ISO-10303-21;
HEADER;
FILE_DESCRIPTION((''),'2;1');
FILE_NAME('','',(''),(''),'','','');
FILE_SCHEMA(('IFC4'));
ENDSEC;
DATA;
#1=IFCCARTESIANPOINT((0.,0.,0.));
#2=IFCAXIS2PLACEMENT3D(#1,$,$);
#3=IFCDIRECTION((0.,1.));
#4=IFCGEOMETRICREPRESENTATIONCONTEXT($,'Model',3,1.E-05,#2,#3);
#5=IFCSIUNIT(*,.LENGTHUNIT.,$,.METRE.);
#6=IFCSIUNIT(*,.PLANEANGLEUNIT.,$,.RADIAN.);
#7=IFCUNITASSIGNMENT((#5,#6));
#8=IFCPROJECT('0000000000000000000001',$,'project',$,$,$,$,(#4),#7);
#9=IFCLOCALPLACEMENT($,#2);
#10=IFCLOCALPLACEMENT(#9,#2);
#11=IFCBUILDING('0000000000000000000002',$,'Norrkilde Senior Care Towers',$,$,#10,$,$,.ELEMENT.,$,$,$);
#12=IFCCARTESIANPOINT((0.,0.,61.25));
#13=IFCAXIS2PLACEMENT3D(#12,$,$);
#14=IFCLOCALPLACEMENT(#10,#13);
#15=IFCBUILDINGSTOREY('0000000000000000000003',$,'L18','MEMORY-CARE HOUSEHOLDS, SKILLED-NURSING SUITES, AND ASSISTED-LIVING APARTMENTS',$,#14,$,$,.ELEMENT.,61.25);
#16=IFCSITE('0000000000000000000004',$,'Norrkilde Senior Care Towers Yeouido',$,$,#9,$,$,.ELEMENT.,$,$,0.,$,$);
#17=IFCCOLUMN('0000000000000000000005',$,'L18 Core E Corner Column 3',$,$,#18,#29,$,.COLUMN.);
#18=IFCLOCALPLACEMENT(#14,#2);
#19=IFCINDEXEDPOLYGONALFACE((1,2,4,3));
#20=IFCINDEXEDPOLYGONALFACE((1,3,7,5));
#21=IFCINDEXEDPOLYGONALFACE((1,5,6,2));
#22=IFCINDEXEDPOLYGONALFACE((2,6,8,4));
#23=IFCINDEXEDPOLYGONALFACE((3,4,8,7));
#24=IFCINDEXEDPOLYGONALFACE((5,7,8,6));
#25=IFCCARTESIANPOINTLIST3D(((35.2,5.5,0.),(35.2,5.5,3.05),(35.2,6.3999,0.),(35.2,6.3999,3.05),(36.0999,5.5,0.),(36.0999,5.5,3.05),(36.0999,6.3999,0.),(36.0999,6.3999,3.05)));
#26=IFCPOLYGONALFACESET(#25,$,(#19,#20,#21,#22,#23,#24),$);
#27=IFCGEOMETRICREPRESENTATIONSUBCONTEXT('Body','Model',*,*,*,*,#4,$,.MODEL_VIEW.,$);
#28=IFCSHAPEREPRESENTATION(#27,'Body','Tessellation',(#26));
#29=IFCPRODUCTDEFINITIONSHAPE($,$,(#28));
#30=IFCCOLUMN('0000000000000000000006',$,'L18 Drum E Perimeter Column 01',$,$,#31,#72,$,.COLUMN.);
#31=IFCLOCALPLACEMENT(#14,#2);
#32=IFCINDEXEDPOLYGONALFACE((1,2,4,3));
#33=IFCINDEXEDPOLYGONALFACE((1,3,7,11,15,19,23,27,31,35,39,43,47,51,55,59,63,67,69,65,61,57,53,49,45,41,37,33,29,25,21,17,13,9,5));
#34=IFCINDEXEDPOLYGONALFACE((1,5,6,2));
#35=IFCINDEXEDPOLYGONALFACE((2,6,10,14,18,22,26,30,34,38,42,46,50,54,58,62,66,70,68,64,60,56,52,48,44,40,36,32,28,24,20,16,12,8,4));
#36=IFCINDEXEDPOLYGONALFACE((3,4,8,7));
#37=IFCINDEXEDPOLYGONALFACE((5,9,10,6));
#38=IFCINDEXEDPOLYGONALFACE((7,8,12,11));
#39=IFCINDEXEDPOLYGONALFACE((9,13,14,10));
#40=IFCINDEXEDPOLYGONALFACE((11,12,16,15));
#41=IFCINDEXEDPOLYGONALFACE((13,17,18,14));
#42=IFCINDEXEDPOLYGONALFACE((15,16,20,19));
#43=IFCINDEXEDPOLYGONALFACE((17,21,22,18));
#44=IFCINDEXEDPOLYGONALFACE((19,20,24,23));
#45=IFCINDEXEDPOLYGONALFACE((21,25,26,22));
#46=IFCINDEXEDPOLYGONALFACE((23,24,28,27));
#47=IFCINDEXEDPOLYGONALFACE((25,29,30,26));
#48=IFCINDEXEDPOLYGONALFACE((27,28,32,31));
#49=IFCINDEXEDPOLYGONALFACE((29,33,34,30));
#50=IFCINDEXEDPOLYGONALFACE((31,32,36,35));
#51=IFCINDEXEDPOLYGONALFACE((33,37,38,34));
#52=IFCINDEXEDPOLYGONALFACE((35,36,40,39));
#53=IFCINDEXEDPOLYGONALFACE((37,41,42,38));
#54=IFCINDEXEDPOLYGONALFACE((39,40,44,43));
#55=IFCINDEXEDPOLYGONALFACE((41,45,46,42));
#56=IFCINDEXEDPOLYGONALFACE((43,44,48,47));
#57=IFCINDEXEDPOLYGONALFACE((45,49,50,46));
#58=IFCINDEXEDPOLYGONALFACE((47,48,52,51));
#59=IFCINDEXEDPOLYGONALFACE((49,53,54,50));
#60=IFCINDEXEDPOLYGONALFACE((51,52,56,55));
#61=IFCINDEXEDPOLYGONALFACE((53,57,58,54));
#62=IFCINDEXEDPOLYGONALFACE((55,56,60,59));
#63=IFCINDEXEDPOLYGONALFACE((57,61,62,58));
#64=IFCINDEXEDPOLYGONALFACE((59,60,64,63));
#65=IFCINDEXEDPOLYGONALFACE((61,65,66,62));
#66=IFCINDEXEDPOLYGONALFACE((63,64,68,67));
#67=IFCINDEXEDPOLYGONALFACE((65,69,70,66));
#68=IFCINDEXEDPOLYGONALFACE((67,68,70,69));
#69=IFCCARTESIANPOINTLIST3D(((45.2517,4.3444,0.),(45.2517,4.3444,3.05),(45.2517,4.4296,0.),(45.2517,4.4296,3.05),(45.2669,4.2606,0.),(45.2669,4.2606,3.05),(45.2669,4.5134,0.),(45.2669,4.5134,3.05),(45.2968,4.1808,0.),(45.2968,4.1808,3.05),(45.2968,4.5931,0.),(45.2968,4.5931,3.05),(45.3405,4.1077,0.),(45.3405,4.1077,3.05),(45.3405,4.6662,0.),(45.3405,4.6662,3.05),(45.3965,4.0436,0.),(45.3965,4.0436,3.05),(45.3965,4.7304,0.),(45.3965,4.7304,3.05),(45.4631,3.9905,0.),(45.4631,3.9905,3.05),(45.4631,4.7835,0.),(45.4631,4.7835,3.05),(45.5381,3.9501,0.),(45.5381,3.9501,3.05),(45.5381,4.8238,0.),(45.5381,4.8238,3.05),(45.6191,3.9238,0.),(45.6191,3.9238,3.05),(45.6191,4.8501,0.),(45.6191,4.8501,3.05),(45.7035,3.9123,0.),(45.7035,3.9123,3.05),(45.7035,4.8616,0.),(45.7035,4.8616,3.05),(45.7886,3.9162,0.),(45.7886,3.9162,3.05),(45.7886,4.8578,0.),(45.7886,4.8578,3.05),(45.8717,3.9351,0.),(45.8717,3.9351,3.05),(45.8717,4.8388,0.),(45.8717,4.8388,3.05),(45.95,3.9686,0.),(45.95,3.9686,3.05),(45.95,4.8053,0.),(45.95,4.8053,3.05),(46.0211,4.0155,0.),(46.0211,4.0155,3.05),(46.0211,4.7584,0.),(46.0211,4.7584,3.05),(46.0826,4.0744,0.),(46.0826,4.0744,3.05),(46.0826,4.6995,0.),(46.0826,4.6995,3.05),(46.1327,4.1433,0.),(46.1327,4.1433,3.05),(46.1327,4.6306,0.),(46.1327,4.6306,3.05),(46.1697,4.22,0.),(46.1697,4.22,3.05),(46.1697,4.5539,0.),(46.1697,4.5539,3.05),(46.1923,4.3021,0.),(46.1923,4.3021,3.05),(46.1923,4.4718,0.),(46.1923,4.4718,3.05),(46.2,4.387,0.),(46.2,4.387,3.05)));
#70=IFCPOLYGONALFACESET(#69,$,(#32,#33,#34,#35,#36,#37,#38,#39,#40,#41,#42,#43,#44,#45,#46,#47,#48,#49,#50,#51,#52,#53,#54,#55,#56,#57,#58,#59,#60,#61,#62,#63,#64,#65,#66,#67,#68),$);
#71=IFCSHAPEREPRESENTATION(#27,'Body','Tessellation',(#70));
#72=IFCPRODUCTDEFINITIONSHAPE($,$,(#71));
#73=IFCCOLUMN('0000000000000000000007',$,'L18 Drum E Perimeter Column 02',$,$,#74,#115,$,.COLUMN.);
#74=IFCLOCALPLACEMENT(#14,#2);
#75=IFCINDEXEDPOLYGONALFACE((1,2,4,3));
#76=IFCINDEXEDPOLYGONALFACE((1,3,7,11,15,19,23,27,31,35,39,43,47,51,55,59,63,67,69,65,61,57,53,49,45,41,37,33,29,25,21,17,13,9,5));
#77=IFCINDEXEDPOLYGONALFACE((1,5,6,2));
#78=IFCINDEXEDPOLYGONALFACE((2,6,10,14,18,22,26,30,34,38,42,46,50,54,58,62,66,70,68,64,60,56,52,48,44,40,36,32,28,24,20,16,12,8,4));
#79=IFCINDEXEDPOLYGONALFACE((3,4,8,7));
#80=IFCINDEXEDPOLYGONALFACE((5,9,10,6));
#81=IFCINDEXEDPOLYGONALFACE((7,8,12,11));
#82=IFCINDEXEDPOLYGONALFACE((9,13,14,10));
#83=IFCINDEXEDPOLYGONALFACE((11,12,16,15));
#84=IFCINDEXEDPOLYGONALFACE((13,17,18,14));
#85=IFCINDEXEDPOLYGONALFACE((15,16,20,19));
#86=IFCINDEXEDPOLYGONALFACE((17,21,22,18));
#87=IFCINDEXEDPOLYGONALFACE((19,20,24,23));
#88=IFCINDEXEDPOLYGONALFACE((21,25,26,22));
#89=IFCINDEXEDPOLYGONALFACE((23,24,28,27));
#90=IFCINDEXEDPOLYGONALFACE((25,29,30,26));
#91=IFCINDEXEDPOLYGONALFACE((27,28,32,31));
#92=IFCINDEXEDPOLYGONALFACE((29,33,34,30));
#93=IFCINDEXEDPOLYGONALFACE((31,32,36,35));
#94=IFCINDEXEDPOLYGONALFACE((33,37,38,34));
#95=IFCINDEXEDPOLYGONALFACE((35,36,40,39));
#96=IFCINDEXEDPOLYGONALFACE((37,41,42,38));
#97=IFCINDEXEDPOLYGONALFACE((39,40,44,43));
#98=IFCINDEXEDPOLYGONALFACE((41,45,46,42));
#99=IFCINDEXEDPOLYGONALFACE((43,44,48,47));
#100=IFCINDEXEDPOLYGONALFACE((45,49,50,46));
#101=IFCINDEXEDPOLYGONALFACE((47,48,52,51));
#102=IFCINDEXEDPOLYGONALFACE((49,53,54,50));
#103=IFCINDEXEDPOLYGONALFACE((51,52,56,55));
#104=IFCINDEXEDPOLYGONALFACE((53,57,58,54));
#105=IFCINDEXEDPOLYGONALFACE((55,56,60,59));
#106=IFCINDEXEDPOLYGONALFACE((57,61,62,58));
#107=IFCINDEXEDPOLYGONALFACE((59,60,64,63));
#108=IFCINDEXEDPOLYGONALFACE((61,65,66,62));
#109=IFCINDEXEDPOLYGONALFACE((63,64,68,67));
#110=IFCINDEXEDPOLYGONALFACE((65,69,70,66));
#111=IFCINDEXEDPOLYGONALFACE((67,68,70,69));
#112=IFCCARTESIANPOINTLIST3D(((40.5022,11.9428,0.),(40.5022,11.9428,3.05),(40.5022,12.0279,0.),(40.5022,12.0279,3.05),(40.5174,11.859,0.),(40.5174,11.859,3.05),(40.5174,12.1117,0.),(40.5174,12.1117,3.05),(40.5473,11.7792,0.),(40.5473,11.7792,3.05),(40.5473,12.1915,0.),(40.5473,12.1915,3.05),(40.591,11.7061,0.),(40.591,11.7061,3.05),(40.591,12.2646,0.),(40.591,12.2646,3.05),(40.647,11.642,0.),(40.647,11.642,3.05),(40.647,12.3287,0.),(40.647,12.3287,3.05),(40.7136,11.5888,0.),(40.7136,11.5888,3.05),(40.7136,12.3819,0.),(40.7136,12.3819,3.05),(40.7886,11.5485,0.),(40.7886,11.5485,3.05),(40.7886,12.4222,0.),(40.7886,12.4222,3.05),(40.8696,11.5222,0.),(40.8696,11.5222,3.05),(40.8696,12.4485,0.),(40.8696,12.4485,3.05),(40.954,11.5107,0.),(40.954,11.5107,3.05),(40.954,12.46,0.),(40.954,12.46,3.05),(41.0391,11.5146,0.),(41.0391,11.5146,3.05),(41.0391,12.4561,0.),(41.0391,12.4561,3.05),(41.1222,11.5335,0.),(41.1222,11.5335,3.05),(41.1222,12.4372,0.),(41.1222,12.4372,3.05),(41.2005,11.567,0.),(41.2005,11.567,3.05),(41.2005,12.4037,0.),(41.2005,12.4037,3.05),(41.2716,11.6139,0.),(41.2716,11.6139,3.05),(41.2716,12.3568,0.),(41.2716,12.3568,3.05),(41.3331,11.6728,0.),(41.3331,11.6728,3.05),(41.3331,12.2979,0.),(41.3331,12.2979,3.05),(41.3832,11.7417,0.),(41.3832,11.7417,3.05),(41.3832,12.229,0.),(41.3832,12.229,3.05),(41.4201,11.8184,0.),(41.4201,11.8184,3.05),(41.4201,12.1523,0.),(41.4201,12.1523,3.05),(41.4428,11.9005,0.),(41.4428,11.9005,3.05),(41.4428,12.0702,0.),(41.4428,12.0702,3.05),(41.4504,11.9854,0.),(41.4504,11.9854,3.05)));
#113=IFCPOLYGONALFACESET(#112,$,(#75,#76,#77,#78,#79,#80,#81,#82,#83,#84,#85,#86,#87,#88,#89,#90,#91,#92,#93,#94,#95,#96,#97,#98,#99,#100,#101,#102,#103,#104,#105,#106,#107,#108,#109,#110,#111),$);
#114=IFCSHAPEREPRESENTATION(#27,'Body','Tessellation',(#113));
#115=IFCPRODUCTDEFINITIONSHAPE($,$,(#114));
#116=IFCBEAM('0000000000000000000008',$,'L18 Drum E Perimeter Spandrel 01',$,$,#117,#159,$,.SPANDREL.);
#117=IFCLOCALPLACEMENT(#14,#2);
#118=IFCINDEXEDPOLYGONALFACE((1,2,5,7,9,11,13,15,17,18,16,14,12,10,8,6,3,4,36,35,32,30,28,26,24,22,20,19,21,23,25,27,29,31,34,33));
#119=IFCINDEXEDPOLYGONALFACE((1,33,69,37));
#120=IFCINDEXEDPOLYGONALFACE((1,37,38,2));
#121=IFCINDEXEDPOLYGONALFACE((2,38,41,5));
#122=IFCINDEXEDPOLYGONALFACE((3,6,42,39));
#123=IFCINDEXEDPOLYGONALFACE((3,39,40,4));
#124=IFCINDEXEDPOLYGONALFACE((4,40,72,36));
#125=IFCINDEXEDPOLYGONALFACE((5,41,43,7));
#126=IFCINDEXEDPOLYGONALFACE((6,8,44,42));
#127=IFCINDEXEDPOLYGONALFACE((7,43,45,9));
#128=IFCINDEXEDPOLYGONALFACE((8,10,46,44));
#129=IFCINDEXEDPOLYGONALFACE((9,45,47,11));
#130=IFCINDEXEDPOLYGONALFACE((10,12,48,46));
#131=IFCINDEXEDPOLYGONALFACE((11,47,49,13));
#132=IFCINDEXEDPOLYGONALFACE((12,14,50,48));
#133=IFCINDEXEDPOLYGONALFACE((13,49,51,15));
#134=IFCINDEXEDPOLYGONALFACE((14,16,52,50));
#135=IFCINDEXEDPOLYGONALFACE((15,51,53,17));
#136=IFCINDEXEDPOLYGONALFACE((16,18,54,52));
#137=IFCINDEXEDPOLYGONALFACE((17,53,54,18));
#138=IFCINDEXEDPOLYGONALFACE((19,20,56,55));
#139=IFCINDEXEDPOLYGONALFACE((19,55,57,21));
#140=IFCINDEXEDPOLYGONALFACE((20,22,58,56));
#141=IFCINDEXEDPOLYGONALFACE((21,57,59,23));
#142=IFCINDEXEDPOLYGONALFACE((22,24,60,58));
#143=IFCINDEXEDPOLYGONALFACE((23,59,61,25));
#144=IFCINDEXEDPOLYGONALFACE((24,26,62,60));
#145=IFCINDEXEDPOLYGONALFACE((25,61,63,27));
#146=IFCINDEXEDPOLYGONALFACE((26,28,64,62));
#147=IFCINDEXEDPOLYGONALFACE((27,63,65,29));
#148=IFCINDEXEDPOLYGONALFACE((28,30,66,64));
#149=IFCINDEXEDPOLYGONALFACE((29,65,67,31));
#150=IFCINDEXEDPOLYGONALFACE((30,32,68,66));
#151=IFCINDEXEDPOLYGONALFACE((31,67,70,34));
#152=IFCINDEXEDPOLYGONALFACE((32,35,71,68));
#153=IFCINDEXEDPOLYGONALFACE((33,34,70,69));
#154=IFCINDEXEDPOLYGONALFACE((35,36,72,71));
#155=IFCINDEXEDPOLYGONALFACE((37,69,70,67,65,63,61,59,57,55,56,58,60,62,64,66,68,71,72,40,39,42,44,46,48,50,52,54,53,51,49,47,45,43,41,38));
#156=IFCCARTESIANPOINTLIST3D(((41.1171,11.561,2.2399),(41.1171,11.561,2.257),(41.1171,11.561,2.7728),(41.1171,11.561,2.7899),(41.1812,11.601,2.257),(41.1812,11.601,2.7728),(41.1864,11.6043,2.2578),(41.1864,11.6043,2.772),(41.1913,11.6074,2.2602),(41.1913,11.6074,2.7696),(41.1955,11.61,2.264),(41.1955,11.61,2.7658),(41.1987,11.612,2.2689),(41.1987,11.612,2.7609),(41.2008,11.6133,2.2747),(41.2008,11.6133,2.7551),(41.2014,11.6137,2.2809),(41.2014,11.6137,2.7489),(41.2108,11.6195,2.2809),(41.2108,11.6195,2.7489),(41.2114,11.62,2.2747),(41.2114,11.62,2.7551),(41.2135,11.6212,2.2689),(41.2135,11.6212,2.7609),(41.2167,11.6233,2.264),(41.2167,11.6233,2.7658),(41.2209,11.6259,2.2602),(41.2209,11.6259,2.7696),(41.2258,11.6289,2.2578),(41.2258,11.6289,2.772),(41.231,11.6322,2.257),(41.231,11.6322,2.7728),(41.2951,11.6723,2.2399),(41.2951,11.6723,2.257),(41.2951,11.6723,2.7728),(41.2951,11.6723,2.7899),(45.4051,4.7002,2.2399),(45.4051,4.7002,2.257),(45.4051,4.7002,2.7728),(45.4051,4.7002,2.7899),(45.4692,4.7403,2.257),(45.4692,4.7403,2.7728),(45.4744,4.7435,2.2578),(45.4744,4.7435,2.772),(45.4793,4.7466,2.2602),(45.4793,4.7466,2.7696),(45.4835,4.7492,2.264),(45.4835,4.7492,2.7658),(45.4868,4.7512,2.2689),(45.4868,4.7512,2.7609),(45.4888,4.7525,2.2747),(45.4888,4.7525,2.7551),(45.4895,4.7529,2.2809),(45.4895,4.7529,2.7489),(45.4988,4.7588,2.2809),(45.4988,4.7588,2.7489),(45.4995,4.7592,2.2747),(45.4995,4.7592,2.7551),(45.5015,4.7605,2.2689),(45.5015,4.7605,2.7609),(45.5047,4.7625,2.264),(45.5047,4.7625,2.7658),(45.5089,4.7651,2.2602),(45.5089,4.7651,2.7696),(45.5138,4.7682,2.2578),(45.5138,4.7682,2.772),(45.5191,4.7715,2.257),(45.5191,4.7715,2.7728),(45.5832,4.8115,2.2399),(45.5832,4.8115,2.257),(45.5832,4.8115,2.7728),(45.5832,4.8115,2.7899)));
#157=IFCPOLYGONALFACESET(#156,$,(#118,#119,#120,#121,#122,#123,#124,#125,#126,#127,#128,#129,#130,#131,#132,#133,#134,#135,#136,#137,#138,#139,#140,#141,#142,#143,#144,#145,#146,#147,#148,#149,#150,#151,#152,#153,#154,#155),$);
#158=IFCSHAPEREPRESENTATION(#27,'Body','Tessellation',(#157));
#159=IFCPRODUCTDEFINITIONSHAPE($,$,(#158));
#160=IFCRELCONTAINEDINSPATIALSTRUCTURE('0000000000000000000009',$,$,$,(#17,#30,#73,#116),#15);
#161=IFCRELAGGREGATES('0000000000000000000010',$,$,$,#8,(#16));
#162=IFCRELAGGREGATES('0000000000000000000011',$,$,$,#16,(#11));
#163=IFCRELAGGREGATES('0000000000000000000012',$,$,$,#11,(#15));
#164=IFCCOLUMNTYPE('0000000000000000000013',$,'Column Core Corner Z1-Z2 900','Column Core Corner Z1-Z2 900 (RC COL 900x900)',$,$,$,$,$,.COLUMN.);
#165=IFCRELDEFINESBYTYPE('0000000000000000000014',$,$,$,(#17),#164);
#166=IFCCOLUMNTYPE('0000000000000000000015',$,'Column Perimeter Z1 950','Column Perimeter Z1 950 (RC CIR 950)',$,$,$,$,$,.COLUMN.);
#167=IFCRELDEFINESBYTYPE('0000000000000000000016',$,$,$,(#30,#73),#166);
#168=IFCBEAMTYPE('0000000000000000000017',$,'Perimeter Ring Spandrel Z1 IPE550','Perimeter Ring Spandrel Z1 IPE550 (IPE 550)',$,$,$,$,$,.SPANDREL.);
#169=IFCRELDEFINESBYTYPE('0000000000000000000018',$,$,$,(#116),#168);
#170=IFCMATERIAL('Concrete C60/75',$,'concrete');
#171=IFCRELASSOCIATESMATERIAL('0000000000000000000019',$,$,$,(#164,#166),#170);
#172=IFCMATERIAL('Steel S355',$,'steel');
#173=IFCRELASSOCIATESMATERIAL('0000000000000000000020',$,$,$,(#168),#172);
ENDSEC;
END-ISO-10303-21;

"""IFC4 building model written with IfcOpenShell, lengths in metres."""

from ifc_helpers import new_model, si_unit, direction, frame, origin, origin_2d, place, context, subcontext, project, spatial, rectangle, circle, i_section, extrude, source, transform, mapped, material, material_profile, profile_set, type_object, type_shapes, element, save


model = new_model("IFC4")

# Units and contexts
model_context = context("Model", 3, precision=1e-05, world=origin(), true_north=direction((0.0, 1.0)))
body_context = subcontext(model_context, "Body", "Model", "MODEL_VIEW")
ifc_project = project(units=[si_unit("LENGTHUNIT", "METRE"), si_unit("PLANEANGLEUNIT", "RADIAN")], contexts=[model_context])

# Site, building, storey
site_placement = place(None, origin())
site = spatial("IfcSite", under=ifc_project, at=site_placement, Name="Norrkilde Senior Care Towers Yeouido", CompositionType="ELEMENT", RefElevation=0.0)
building_placement = place(site_placement, origin())
building = spatial("IfcBuilding", under=site, at=building_placement, Name="Norrkilde Senior Care Towers", CompositionType="ELEMENT")
storey_placement = place(building_placement, frame((0.0, 0.0, 61.25)))
storey = spatial("IfcBuildingStorey", under=building, at=storey_placement, Name="L18", Description="MEMORY-CARE HOUSEHOLDS, SKILLED-NURSING SUITES, AND ASSISTED-LIVING APARTMENTS", CompositionType="ELEMENT", Elevation=61.25)

# Columns
ifc_material_1 = material(Name="Concrete C60/75", Category="concrete")
ifc_material_profile_1 = material_profile(ifc_material_1, rectangle(XDim=0.8999, YDim=0.8999, at=origin_2d()), Name="RC COL 900x900")
ifc_profile_set_1 = profile_set([ifc_material_profile_1], Name="Concrete C60/75")
column_type_1 = type_object("IfcColumnType", Name="Column Core Corner Z1-Z2 900", Description="Column Core Corner Z1-Z2 900 (RC COL 900x900)", PredefinedType="COLUMN", material=ifc_profile_set_1)
shared_shape_1 = source(origin(), body_context, "Body", "SweptSolid", [
    extrude(rectangle(XDim=0.8999, YDim=0.8999, at=origin_2d()), origin(), (0.0, 0.0, 1.0), 3.05),
])
type_shapes(column_type_1, [shared_shape_1])
column_placement = place(storey_placement, frame((35.6499, 5.95, 0.0), z_axis=(0.0, 0.0, 1.0), x_axis=(1.0, 0.0, 0.0)))
element("IfcColumn", 1, at=column_placement, inside=storey, type_object=column_type_1, Name="L18 Core E Corner Column 3", PredefinedType="COLUMN", context=body_context, shape_type="MappedRepresentation", body=[
    mapped(shared_shape_1, transform((0.0, 0.0, 0.0), x_axis=(1.0, 0.0, 0.0), y_axis=(0.0, 1.0, 0.0), z_axis=(0.0, 0.0, 1.0), scale=1.0)),
])
ifc_material_profile_2 = material_profile(ifc_material_1, circle(Radius=0.4751, at=origin_2d()), Name="RC CIR 950")
ifc_profile_set_2 = profile_set([ifc_material_profile_2], Name="Concrete C60/75")
column_type_2 = type_object("IfcColumnType", Name="Column Perimeter Z1 950", Description="Column Perimeter Z1 950 (RC CIR 950)", PredefinedType="COLUMN", material=ifc_profile_set_2)
shared_shape_2 = source(origin(), body_context, "Body", "SweptSolid", [
    extrude(circle(Radius=0.4751, at=origin_2d()), origin(), (0.0, 0.0, 1.0), 3.05),
])
type_shapes(column_type_2, [shared_shape_2])
for number, where, z_axis, x_axis, name in (
    (2, (45.7249, 4.387, 0.0), (0.0, 0.0, 1.0), (1.0, 0.0, 0.0), "L18 Drum E Perimeter Column 01"),
    (3, (40.9753, 11.9854, 0.0), (0.0, 0.0, 1.0), (1.0, 0.0, 0.0), "L18 Drum E Perimeter Column 02"),
):
    element("IfcColumn", number, at=place(storey_placement, frame(where, z_axis=z_axis, x_axis=x_axis)), inside=storey, type_object=column_type_2, Name=name, PredefinedType="COLUMN", context=body_context, shape_type="MappedRepresentation", body=[
        mapped(shared_shape_2, transform((0.0, 0.0, 0.0), x_axis=(1.0, 0.0, 0.0), y_axis=(0.0, 1.0, 0.0), z_axis=(0.0, 0.0, 1.0), scale=1.0)),
    ])

# Beam
ifc_material_2 = material(Name="Steel S355", Category="steel")
ifc_material_profile_3 = material_profile(ifc_material_2, i_section(OverallWidth=0.21, OverallDepth=0.55, WebThickness=0.011, FlangeThickness=0.0171, FilletRadius=0.0239, at=origin_2d()), Name="IPE 550")
ifc_profile_set_3 = profile_set([ifc_material_profile_3], Name="Steel S355")
beam_type_1 = type_object("IfcBeamType", Name="Perimeter Ring Spandrel Z1 IPE550", Description="Perimeter Ring Spandrel Z1 IPE550 (IPE 550)", PredefinedType="SPANDREL", material=ifc_profile_set_3)
shared_shape_3 = source(origin(), body_context, "Body", "SweptSolid", [
    extrude(i_section(OverallWidth=0.21, OverallDepth=0.55, WebThickness=0.011, FlangeThickness=0.0171, FilletRadius=0.0239, at=origin_2d()), origin(), (0.0, 0.0, 1.0), 8.0906),
])
beam_1_placement = place(storey_placement, frame((45.4941, 4.7559, 2.5149), z_axis=(-0.530004, 0.847995, 0.0), x_axis=(-0.847995, -0.530004, 0.0)))
element("IfcBeam", 4, at=beam_1_placement, inside=storey, type_object=beam_type_1, Name="L18 Drum E Perimeter Spandrel 01", PredefinedType="SPANDREL", context=body_context, shape_type="MappedRepresentation", body=[
    mapped(shared_shape_3, transform((0.0, 0.0, 0.0), x_axis=(1.0, 0.0, 0.0), y_axis=(0.0, 1.0, 0.0), z_axis=(0.0, 0.0, 1.0), scale=1.0)),
])

save(model, "model.ifc")
